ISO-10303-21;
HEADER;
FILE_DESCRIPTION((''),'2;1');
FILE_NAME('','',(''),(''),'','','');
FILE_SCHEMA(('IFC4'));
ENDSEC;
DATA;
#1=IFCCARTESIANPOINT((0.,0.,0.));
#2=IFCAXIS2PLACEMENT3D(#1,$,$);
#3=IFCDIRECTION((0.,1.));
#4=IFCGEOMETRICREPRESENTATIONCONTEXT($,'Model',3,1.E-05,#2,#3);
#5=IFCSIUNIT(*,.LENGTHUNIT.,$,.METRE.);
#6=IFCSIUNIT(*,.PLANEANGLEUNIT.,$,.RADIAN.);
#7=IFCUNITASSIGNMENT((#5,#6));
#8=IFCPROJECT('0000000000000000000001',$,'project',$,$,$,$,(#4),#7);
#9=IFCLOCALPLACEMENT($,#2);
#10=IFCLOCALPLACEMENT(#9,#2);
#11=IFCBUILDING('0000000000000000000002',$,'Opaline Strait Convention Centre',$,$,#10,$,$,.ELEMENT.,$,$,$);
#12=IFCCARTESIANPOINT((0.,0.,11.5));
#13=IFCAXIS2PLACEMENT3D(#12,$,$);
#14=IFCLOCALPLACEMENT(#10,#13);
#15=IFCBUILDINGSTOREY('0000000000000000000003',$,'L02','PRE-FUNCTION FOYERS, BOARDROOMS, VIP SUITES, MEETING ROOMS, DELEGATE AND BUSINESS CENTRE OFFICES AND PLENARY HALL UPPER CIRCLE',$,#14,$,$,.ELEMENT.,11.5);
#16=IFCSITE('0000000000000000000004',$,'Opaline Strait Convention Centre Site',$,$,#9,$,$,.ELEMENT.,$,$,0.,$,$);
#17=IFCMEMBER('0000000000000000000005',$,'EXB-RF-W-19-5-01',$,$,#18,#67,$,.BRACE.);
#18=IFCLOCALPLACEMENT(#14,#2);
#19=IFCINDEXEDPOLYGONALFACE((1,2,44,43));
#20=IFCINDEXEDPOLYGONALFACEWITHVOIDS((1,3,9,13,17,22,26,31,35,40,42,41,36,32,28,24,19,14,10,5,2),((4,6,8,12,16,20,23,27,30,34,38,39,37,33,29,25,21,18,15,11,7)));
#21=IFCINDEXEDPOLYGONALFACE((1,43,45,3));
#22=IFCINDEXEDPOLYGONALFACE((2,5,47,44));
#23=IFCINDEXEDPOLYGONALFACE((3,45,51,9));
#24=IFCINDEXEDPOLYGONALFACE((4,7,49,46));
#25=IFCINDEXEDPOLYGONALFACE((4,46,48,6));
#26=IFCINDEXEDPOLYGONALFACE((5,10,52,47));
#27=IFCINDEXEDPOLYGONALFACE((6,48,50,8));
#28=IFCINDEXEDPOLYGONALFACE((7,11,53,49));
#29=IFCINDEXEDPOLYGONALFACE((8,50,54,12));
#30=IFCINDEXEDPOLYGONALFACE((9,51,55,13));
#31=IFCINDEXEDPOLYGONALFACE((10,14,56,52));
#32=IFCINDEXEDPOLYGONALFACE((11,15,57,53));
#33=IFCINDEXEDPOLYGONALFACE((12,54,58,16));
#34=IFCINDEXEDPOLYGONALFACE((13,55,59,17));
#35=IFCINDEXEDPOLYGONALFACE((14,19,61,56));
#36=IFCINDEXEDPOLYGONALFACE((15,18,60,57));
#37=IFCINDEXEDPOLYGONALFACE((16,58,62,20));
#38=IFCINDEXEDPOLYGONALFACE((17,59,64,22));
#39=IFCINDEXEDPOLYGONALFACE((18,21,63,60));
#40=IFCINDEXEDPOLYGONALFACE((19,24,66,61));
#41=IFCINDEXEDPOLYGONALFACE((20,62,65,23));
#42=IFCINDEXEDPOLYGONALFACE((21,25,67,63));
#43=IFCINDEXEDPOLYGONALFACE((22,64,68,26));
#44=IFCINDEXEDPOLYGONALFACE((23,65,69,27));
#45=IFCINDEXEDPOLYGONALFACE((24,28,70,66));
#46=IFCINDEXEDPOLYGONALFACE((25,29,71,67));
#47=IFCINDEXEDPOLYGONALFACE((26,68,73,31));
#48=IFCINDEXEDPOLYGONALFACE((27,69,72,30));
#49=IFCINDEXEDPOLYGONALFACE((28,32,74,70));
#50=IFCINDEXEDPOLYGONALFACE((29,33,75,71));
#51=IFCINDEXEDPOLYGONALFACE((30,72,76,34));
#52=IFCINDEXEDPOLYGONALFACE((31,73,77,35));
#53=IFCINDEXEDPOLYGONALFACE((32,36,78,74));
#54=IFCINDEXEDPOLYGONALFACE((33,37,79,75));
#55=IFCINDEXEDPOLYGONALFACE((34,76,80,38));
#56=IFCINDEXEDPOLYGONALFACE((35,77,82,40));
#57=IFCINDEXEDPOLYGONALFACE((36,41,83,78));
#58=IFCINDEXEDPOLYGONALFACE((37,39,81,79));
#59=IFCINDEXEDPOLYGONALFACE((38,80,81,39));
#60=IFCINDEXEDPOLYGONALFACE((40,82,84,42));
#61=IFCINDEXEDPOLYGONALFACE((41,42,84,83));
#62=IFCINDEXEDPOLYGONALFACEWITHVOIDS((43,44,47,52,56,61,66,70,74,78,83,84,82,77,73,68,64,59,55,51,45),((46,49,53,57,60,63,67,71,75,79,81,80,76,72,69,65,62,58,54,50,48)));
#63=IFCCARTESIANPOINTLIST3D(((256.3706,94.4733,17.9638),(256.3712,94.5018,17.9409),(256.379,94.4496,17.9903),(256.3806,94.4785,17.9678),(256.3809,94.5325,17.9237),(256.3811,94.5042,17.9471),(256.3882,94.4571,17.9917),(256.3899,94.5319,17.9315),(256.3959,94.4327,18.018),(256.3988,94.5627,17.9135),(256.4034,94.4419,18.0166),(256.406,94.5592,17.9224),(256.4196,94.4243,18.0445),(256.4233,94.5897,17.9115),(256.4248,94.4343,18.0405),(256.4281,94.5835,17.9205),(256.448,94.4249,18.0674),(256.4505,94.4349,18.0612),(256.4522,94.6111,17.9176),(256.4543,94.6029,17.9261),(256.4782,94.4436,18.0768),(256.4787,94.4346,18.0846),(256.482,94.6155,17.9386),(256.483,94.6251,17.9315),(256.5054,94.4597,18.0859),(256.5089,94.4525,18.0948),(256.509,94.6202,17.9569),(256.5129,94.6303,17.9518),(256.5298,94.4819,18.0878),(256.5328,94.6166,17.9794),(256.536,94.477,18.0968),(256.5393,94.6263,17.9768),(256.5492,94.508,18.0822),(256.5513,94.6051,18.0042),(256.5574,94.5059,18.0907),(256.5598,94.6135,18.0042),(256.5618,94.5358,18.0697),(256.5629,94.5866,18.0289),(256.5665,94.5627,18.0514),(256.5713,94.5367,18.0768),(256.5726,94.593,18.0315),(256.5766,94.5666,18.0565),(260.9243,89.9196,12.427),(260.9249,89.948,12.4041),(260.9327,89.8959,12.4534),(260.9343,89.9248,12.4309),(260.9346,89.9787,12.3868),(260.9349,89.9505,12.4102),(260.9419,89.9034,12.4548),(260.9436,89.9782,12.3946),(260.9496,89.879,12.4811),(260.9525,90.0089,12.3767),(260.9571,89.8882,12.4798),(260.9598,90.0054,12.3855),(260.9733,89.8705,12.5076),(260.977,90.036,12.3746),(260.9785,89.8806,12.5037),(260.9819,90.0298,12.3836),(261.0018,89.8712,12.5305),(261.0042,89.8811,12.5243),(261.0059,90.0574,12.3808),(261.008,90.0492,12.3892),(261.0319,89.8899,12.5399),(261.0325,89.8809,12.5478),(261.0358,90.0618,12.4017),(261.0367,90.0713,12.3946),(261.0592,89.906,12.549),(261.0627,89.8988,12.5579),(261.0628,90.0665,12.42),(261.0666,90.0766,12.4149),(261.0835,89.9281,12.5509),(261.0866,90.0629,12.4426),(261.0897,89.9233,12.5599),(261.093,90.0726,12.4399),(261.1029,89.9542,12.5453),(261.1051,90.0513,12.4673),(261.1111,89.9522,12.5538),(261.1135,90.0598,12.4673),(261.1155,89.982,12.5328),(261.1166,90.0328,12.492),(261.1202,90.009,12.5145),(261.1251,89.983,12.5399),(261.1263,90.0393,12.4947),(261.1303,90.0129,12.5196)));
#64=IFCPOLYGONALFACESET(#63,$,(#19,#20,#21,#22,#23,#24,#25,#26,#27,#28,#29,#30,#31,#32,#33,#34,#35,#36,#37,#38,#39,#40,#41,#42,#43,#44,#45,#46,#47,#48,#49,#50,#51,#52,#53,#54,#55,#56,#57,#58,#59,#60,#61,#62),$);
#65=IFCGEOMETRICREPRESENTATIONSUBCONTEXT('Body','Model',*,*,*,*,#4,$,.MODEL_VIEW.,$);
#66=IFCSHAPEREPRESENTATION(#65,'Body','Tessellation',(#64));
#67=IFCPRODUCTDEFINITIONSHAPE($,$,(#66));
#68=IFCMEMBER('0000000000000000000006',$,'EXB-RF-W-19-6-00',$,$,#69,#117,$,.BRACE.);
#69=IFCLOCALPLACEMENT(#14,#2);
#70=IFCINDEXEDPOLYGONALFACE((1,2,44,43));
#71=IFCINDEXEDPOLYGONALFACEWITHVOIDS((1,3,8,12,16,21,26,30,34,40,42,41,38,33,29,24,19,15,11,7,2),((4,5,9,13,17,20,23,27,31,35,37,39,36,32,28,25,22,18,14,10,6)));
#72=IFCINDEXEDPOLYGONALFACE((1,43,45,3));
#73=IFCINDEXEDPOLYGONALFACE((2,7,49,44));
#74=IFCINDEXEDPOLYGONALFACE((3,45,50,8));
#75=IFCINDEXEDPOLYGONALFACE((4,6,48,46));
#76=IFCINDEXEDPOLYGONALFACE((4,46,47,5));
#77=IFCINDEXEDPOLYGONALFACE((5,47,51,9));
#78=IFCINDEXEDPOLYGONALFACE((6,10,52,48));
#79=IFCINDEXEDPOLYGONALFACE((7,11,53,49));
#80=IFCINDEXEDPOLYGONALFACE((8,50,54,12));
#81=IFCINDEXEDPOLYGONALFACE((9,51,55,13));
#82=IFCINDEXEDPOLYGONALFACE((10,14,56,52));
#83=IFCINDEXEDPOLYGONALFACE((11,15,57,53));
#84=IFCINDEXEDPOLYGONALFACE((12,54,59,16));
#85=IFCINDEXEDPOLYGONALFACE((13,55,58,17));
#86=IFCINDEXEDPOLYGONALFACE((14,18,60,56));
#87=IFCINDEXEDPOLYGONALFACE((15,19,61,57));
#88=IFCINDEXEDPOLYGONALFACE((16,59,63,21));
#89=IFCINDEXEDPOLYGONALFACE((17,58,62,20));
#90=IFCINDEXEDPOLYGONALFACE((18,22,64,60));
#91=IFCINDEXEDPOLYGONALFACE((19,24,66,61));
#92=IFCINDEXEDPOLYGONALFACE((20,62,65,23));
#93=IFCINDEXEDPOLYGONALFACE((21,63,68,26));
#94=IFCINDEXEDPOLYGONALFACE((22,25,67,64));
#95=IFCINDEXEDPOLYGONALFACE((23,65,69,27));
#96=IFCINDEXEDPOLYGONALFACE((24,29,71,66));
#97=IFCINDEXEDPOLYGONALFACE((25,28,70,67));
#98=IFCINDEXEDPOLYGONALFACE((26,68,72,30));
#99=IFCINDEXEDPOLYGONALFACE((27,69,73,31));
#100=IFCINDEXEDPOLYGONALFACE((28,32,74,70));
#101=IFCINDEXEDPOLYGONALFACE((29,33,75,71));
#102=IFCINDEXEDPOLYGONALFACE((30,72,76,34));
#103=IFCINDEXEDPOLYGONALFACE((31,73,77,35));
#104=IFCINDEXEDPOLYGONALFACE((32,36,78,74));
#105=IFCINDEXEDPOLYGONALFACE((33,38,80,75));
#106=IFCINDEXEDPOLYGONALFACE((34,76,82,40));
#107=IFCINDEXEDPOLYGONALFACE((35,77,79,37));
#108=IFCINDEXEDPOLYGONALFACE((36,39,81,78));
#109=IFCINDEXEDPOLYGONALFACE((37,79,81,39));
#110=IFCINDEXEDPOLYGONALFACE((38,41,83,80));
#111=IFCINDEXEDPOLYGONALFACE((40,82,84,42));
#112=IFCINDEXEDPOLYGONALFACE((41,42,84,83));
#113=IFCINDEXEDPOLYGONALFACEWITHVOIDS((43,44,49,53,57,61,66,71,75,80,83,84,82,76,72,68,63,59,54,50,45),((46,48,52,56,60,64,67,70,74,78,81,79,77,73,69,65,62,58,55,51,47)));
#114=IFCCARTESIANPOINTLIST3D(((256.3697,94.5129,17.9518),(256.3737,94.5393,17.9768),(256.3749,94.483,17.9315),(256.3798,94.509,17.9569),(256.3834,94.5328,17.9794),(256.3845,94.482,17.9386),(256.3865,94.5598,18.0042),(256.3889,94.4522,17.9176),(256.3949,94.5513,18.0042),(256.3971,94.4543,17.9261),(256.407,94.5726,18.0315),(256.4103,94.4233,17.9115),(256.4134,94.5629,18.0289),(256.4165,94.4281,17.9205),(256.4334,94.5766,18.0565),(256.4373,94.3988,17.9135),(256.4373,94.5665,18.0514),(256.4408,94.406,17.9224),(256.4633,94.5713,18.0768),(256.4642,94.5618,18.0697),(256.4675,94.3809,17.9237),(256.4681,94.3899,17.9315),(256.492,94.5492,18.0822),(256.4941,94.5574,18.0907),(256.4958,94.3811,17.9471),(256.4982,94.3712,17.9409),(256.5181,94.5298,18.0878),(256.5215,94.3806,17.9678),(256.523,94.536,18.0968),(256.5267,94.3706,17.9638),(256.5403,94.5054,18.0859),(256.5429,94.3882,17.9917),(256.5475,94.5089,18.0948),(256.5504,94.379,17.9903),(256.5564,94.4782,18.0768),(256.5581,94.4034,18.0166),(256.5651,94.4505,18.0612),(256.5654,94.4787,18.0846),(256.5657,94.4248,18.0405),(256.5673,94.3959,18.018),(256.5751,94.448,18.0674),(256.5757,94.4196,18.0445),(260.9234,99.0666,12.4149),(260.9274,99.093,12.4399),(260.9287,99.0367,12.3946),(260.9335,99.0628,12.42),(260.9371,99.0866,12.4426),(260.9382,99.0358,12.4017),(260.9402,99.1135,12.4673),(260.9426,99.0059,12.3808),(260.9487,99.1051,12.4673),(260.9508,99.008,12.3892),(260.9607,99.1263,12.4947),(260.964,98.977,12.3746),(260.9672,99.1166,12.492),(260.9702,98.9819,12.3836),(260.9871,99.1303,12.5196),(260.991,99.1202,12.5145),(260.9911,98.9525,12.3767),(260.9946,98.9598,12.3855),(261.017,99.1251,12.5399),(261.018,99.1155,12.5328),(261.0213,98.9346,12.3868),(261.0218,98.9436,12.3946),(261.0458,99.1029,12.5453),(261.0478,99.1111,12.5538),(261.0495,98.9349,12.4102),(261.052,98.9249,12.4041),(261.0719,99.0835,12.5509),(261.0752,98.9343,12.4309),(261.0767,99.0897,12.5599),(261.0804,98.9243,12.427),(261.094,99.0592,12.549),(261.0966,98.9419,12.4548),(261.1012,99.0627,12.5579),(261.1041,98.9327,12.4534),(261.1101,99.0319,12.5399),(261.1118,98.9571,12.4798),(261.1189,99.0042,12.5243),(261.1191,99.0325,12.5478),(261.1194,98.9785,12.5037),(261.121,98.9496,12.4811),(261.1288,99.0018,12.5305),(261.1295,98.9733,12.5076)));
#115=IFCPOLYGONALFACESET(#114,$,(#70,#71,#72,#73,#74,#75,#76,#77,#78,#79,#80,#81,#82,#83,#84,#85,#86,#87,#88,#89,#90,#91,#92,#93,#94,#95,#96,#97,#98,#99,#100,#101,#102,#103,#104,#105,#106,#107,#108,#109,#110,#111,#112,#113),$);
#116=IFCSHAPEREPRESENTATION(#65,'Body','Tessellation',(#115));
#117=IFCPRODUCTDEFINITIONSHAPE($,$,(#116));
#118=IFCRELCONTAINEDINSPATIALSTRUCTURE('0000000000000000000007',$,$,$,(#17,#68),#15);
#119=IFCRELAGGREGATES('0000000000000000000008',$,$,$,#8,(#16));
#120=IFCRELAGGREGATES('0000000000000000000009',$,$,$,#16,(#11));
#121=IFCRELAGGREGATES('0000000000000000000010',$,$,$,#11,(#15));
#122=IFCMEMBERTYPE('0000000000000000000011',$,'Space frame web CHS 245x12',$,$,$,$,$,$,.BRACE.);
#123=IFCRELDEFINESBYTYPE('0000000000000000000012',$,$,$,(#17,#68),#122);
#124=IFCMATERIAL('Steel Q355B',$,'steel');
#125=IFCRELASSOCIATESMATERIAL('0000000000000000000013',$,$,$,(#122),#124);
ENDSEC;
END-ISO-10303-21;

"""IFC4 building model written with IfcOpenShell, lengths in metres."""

from ifc_helpers import new_model, si_unit, direction, frame, origin, origin_2d, place, context, subcontext, project, spatial, hollow_circle, extrude, material, material_profile, profile_set, type_object, element, save


model = new_model("IFC4")

# Units and contexts
model_context = context("Model", 3, precision=1e-05, world=origin(), true_north=direction((0.0, 1.0)))
body_context = subcontext(model_context, "Body", "Model", "MODEL_VIEW")
ifc_project = project(units=[si_unit("LENGTHUNIT", "METRE"), si_unit("PLANEANGLEUNIT", "RADIAN")], contexts=[model_context])

# Site, building, storey
site_placement = place(None, origin())
site = spatial("IfcSite", under=ifc_project, at=site_placement, Name="Opaline Strait Convention Centre Site", CompositionType="ELEMENT", RefElevation=0.0)
building_placement = place(site_placement, origin())
building = spatial("IfcBuilding", under=site, at=building_placement, Name="Opaline Strait Convention Centre", CompositionType="ELEMENT")
storey_placement = place(building_placement, frame((0.0, 0.0, 11.5)))
storey = spatial("IfcBuildingStorey", under=building, at=storey_placement, Name="L02", Description="PRE-FUNCTION FOYERS, BOARDROOMS, VIP SUITES, MEETING ROOMS, DELEGATE AND BUSINESS CENTRE OFFICES AND PLENARY HALL UPPER CIRCLE", CompositionType="ELEMENT", Elevation=11.5)

# Members
ifc_material = material(Name="Steel Q355B", Category="steel")
ifc_material_profile_1 = material_profile(ifc_material, hollow_circle(Radius=0.1226, WallThickness=0.012, at=origin_2d()), Name="CHS 245x12")
ifc_profile_set_1 = profile_set([ifc_material_profile_1], Name="Steel Q355B")
member_type_1 = type_object("IfcMemberType", Name="Space frame web CHS 245x12", PredefinedType="BRACE", material=ifc_profile_set_1)
for number, where, z_axis, x_axis, name in (
    (1, (256.4731, 94.5269, 18.0042), (0.536178, -0.536178, -0.65194), (0.707107, 0.707107, 0.0), "EXB-RF-W-19-5-01"),
    (2, (256.4731, 94.4731, 18.0042), (0.536178, 0.536178, -0.65194), (-0.707107, 0.707107, 0.0), "EXB-RF-W-19-6-00"),
):
    element("IfcMember", number, at=place(storey_placement, frame(where, z_axis=z_axis, x_axis=x_axis)), inside=storey, type_object=member_type_1, Name=name, PredefinedType="BRACE", context=body_context, shape_type="SweptSolid", body=[
        extrude(hollow_circle(Radius=0.1226, WallThickness=0.012, at=origin_2d()), origin(), (0.0, 0.0, 1.0), 8.4929),
    ])

save(model, "model.ifc")
